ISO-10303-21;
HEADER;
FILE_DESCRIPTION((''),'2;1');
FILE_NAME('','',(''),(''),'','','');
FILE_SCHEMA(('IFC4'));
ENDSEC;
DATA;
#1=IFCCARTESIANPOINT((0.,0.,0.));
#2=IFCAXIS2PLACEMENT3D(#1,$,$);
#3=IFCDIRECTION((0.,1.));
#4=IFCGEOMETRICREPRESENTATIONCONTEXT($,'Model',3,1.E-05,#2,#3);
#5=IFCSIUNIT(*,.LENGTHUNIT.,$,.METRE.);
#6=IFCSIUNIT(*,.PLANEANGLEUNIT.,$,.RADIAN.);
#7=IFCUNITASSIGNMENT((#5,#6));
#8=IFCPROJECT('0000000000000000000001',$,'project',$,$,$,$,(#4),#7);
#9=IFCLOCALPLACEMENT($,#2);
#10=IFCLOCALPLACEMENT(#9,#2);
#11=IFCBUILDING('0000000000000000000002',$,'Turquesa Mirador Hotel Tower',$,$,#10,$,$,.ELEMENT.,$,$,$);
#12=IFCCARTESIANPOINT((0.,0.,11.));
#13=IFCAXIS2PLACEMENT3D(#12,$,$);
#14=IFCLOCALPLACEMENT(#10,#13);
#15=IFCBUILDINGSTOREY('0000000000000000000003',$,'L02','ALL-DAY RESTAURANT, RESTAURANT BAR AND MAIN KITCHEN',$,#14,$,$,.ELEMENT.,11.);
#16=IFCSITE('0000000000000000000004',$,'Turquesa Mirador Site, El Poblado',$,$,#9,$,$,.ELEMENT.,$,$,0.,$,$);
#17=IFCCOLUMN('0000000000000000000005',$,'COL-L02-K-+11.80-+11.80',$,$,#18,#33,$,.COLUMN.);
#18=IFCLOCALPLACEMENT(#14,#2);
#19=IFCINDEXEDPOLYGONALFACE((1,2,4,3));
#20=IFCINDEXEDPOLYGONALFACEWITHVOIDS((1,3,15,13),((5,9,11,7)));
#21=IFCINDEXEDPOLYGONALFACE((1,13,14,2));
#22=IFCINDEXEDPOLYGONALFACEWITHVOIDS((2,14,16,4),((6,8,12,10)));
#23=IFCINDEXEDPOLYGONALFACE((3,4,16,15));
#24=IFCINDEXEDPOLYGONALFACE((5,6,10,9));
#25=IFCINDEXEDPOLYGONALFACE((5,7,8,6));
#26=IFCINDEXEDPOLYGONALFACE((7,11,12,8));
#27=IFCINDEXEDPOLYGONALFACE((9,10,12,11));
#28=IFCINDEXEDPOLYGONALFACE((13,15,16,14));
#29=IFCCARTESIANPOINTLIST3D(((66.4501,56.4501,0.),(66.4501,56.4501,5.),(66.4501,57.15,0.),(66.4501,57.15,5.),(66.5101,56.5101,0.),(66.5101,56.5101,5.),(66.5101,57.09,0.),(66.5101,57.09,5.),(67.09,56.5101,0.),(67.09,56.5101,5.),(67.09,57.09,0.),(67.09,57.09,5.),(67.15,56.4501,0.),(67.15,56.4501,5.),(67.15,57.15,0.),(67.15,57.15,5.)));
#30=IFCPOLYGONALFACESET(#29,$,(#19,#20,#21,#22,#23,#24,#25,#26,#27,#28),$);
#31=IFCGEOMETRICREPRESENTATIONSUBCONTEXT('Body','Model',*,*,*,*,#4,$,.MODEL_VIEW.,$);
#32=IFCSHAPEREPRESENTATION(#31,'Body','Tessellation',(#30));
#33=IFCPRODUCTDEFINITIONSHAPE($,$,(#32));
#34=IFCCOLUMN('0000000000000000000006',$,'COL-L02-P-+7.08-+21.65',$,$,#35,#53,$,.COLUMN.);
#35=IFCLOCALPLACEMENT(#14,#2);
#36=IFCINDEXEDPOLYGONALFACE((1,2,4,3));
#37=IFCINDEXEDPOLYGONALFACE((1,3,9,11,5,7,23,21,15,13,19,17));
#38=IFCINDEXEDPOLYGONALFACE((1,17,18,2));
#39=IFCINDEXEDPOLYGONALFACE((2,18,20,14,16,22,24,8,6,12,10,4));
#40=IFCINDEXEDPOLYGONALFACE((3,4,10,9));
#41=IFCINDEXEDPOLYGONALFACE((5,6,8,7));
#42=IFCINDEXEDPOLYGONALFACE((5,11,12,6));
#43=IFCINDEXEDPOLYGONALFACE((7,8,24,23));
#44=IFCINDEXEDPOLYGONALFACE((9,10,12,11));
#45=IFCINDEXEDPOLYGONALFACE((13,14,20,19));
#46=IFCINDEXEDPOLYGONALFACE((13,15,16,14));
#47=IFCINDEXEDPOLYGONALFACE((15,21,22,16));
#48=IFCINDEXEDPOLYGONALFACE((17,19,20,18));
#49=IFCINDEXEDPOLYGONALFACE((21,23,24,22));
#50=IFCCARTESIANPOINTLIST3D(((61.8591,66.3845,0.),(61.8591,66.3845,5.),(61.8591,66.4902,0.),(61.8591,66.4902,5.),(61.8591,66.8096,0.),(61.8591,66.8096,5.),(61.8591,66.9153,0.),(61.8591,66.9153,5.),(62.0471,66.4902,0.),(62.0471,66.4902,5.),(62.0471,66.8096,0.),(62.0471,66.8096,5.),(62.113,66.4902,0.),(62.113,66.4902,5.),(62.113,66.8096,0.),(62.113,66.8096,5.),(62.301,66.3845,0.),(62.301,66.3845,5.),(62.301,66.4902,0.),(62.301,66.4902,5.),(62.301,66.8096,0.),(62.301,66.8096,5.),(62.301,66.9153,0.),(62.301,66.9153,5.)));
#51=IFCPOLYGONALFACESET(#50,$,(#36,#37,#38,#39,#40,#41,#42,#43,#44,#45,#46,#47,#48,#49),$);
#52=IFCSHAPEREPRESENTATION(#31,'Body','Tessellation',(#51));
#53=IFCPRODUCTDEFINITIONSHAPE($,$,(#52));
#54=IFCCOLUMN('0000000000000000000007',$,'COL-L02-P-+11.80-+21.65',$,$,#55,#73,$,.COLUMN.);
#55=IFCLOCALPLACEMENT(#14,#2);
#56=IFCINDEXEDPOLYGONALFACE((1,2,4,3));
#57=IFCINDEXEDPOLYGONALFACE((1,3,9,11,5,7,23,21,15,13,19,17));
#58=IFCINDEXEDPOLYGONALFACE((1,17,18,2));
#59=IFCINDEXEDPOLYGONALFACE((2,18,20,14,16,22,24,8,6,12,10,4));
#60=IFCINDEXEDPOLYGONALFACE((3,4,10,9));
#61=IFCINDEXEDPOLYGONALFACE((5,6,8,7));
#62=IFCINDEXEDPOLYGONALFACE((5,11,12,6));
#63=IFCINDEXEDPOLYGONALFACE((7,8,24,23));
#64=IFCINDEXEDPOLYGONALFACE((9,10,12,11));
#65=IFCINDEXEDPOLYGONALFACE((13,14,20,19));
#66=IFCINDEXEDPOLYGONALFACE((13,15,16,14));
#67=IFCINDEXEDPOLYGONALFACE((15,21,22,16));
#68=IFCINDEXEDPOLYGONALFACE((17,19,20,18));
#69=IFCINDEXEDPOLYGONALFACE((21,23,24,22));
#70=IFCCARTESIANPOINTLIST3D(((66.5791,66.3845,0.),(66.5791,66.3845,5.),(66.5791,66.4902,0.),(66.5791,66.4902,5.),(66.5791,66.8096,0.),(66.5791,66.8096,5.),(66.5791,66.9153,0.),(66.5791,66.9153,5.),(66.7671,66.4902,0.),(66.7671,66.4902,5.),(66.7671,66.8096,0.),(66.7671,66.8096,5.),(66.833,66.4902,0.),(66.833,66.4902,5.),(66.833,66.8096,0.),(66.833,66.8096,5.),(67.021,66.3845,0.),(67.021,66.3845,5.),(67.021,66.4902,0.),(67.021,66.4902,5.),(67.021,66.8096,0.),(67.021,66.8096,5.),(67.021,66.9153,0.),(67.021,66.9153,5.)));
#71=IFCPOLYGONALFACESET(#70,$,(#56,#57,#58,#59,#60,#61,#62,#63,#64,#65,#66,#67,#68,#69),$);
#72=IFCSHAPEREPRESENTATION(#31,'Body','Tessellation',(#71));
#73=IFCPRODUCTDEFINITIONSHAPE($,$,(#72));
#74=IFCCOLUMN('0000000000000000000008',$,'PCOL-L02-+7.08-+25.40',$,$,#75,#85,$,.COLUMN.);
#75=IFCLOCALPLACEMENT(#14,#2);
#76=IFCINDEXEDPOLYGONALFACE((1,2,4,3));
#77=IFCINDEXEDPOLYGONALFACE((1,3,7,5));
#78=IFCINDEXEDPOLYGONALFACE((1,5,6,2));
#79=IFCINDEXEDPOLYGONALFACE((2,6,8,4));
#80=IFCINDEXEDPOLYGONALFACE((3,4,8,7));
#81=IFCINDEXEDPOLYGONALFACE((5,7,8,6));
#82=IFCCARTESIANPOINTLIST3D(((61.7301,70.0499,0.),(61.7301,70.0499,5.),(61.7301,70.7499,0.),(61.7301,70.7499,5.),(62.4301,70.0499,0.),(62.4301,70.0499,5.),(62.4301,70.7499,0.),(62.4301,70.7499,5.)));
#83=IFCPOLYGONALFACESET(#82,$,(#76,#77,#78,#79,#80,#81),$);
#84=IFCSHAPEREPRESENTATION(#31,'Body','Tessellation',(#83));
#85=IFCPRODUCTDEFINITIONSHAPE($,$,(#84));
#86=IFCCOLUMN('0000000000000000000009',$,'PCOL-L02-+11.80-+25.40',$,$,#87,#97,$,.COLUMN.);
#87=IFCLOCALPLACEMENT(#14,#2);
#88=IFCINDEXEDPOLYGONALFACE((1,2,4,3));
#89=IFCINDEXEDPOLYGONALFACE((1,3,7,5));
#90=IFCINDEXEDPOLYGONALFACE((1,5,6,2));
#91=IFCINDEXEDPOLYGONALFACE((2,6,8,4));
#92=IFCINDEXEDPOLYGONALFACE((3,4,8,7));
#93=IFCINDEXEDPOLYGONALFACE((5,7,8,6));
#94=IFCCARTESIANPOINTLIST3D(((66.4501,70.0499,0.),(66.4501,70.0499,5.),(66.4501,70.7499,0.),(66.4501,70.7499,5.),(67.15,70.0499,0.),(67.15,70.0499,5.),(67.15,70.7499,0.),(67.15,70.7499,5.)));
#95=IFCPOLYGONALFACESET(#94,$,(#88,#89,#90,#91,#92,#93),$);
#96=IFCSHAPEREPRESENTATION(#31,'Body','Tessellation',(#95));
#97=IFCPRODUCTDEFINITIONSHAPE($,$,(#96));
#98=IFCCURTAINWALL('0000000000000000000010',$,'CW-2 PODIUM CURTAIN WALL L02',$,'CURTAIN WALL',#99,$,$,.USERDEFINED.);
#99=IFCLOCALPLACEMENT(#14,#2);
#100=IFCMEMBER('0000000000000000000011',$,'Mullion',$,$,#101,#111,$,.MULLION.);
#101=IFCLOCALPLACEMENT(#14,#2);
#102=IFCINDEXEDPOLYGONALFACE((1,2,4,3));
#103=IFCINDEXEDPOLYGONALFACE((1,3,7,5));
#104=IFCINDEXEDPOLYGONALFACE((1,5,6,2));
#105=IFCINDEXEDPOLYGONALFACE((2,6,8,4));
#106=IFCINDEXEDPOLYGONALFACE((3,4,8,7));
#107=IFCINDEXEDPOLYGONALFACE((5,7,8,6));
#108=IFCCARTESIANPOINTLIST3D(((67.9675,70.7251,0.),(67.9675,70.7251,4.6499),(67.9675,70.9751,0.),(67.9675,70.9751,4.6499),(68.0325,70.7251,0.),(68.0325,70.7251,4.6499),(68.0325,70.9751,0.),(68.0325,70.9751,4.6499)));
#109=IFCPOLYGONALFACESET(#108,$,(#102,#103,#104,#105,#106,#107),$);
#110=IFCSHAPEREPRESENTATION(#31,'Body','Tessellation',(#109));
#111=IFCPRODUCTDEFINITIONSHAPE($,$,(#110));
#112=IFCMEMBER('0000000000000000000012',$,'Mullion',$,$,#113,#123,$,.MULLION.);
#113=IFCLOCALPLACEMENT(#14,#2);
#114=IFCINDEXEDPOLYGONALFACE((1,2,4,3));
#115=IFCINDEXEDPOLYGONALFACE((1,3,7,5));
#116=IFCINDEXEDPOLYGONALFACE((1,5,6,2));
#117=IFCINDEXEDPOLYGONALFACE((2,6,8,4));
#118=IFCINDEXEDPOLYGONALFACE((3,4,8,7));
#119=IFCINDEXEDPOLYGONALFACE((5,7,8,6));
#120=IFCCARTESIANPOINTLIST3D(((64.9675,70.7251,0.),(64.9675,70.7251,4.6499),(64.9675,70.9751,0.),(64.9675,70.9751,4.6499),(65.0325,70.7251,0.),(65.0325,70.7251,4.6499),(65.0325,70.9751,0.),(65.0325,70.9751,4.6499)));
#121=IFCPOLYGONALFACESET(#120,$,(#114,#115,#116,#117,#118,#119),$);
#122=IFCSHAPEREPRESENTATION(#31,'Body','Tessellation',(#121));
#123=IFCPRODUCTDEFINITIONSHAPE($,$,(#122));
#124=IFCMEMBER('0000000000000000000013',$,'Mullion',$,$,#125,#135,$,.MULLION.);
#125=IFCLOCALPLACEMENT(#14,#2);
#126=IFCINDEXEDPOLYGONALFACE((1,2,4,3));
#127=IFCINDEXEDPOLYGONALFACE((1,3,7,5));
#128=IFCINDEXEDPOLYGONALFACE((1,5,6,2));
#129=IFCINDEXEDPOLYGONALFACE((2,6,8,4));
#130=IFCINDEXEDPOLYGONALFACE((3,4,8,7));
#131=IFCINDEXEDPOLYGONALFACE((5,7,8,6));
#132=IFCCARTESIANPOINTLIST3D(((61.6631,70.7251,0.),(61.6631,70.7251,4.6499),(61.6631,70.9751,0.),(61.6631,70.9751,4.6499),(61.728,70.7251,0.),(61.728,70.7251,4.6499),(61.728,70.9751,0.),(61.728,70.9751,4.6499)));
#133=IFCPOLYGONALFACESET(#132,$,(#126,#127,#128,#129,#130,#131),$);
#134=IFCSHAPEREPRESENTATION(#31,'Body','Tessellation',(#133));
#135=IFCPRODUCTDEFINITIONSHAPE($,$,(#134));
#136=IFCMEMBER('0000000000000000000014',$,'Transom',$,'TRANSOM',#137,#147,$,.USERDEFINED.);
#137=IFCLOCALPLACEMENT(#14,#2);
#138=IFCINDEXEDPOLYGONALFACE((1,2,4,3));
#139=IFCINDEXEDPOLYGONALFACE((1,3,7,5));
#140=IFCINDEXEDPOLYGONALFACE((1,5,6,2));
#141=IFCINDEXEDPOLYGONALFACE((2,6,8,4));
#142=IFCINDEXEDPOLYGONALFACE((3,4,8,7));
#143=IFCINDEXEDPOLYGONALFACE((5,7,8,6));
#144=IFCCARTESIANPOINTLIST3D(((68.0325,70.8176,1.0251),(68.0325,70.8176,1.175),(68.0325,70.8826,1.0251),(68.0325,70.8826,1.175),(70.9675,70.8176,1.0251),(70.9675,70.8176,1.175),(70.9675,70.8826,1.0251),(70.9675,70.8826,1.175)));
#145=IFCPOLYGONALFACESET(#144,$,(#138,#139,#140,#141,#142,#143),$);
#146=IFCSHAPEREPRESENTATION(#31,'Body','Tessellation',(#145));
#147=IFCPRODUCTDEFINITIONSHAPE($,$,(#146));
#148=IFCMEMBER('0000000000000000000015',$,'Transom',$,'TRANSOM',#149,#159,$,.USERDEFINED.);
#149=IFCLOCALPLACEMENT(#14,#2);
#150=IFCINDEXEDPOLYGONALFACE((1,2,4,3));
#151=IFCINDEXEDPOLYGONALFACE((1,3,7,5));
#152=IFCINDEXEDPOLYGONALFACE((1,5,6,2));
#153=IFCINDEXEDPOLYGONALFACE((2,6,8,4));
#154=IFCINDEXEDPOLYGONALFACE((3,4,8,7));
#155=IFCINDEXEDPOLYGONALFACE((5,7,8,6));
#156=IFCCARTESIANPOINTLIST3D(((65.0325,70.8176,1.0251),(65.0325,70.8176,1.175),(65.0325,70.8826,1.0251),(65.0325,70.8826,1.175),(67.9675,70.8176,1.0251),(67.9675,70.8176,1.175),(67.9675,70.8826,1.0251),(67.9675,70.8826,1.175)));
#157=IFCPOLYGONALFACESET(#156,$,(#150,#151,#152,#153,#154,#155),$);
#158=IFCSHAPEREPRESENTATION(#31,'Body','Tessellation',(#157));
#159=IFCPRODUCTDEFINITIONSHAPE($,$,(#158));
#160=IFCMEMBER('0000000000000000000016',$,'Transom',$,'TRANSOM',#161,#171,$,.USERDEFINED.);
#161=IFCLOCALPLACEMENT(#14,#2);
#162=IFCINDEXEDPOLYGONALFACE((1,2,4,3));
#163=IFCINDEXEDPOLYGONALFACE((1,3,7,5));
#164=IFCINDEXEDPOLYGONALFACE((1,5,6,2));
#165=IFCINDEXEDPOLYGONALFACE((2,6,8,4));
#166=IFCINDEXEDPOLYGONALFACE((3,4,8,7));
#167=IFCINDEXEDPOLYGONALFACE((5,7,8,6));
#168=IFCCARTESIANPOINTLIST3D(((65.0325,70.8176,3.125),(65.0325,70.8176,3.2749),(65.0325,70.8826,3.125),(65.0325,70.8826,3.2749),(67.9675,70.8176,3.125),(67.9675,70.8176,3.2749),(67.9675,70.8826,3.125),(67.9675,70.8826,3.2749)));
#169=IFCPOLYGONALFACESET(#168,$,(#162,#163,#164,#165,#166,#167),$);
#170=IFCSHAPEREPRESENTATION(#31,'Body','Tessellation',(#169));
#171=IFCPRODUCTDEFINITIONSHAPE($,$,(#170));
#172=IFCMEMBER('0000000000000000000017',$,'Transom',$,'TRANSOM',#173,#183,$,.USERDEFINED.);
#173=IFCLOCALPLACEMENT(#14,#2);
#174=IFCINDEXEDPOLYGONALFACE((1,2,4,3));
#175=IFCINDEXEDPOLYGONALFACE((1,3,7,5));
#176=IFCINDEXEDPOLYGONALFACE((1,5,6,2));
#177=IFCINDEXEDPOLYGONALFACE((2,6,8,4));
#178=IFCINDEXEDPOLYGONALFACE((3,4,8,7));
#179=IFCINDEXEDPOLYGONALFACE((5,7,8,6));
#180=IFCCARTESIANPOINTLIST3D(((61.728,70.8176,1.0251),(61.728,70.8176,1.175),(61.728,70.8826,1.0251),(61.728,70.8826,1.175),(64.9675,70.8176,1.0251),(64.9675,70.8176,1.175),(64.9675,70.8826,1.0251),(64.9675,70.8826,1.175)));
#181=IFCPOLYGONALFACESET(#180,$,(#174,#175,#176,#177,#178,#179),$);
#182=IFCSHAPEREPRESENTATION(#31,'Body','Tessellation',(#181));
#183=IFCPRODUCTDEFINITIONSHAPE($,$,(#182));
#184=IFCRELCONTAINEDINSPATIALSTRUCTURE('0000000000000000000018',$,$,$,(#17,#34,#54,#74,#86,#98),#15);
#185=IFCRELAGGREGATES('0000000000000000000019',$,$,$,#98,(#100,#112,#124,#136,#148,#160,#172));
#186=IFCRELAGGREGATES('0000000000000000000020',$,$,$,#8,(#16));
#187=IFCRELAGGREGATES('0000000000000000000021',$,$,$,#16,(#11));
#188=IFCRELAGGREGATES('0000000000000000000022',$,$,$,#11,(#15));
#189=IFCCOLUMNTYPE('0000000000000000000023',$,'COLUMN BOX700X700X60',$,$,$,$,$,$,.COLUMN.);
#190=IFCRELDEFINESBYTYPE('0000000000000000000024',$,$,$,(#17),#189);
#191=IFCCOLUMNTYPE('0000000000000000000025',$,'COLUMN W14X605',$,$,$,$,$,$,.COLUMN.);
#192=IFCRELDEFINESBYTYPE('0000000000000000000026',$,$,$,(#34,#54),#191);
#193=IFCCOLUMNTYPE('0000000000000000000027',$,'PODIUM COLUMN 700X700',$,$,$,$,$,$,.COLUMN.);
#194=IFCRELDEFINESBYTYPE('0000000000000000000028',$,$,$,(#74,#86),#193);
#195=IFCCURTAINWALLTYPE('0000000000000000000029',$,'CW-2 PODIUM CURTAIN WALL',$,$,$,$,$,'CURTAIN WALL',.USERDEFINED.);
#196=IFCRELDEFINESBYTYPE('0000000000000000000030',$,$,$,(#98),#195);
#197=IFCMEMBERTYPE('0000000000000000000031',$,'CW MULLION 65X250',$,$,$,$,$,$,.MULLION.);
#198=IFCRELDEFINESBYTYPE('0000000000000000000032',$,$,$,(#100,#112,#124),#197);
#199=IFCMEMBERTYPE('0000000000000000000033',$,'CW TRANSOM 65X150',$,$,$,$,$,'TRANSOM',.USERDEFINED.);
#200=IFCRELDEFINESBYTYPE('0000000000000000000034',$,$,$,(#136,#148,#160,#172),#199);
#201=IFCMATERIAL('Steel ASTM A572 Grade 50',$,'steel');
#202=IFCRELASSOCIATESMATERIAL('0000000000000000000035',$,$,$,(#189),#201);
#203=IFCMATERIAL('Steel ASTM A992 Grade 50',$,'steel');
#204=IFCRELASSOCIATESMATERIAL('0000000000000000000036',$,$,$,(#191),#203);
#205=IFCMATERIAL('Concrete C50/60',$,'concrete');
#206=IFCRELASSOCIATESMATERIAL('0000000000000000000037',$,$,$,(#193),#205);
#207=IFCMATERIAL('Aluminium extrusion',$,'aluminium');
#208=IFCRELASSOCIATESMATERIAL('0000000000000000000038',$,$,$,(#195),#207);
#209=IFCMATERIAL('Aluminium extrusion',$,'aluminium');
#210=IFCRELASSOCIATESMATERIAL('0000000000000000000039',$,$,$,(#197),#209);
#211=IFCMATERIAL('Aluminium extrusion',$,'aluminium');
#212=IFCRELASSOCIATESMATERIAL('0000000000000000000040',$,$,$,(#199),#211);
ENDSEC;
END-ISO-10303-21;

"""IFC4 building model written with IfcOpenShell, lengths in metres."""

from ifc_helpers import new_model, si_unit, direction, frame, origin, origin_2d, place, context, subcontext, project, spatial, rectangle, hollow_rectangle, i_section, extrude, material, material_profile, profile_set, type_object, element, aggregate, save


model = new_model("IFC4")

# Units and contexts
model_context = context("Model", 3, precision=1e-05, world=origin(), true_north=direction((0.0, 1.0)))
body_context = subcontext(model_context, "Body", "Model", "MODEL_VIEW")
ifc_project = project(units=[si_unit("LENGTHUNIT", "METRE"), si_unit("PLANEANGLEUNIT", "RADIAN")], contexts=[model_context])

# Site, building, storey
site_placement = place(None, origin())
site = spatial("IfcSite", under=ifc_project, at=site_placement, Name="Turquesa Mirador Site, El Poblado", CompositionType="ELEMENT", RefElevation=0.0)
building_placement = place(site_placement, origin())
building = spatial("IfcBuilding", under=site, at=building_placement, Name="Turquesa Mirador Hotel Tower", CompositionType="ELEMENT")
storey_placement = place(building_placement, frame((0.0, 0.0, 11.0)))
storey = spatial("IfcBuildingStorey", under=building, at=storey_placement, Name="L02", Description="ALL-DAY RESTAURANT, RESTAURANT BAR AND MAIN KITCHEN", CompositionType="ELEMENT", Elevation=11.0)

# Columns
ifc_material_1 = material(Name="Steel ASTM A572 Grade 50", Category="steel")
ifc_material_profile_1 = material_profile(ifc_material_1, hollow_rectangle(XDim=0.7, YDim=0.7, WallThickness=0.0601, at=origin_2d()), Name="BOX700X700X60")
ifc_profile_set_1 = profile_set([ifc_material_profile_1], Name="Steel ASTM A572 Grade 50")
column_type_1 = type_object("IfcColumnType", Name="COLUMN BOX700X700X60", PredefinedType="COLUMN", material=ifc_profile_set_1)
column_placement = place(storey_placement, frame((66.8, 56.8, 0.0), z_axis=(0.0, 0.0, 1.0), x_axis=(1.0, 0.0, 0.0)))
element("IfcColumn", 1, at=column_placement, inside=storey, type_object=column_type_1, Name="COL-L02-K-+11.80-+11.80", PredefinedType="COLUMN", context=body_context, shape_type="SweptSolid", body=[
    extrude(hollow_rectangle(XDim=0.7, YDim=0.7, WallThickness=0.0601, at=origin_2d()), origin(), (0.0, 0.0, 1.0), 5.0),
])
ifc_material_2 = material(Name="Steel ASTM A992 Grade 50", Category="steel")
ifc_material_profile_2 = material_profile(ifc_material_2, i_section(OverallWidth=0.4419, OverallDepth=0.5308, WebThickness=0.0659, FlangeThickness=0.1057, at=origin_2d()), Name="W14X605")
ifc_profile_set_2 = profile_set([ifc_material_profile_2], Name="Steel ASTM A992 Grade 50")
column_type_2 = type_object("IfcColumnType", Name="COLUMN W14X605", PredefinedType="COLUMN", material=ifc_profile_set_2)
for number, where, z_axis, x_axis, name in (
    (2, (62.0801, 66.6499, 0.0), (0.0, 0.0, 1.0), (1.0, 0.0, 0.0), "COL-L02-P-+7.08-+21.65"),
    (3, (66.8, 66.6499, 0.0), (0.0, 0.0, 1.0), (1.0, 0.0, 0.0), "COL-L02-P-+11.80-+21.65"),
):
    element("IfcColumn", number, at=place(storey_placement, frame(where, z_axis=z_axis, x_axis=x_axis)), inside=storey, type_object=column_type_2, Name=name, PredefinedType="COLUMN", context=body_context, shape_type="SweptSolid", body=[
        extrude(i_section(OverallWidth=0.4419, OverallDepth=0.5308, WebThickness=0.0659, FlangeThickness=0.1057, at=origin_2d()), origin(), (0.0, 0.0, 1.0), 5.0),
    ])
ifc_material_3 = material(Name="Concrete C50/60", Category="concrete")
ifc_material_profile_3 = material_profile(ifc_material_3, rectangle(XDim=0.7, YDim=0.7, at=origin_2d()), Name="RC 700X700")
ifc_profile_set_3 = profile_set([ifc_material_profile_3], Name="Concrete C50/60")
column_type_3 = type_object("IfcColumnType", Name="PODIUM COLUMN 700X700", PredefinedType="COLUMN", material=ifc_profile_set_3)
for number, where, z_axis, x_axis, name in (
    (4, (62.0801, 70.3999, 0.0), (0.0, 0.0, 1.0), (1.0, 0.0, 0.0), "PCOL-L02-+7.08-+25.40"),
    (5, (66.8, 70.3999, 0.0), (0.0, 0.0, 1.0), (1.0, 0.0, 0.0), "PCOL-L02-+11.80-+25.40"),
):
    element("IfcColumn", number, at=place(storey_placement, frame(where, z_axis=z_axis, x_axis=x_axis)), inside=storey, type_object=column_type_3, Name=name, PredefinedType="COLUMN", context=body_context, shape_type="SweptSolid", body=[
        extrude(rectangle(XDim=0.7, YDim=0.7, at=origin_2d()), origin(), (0.0, 0.0, 1.0), 5.0),
    ])

# Curtain wall, members
ifc_material_4 = material(Name="Aluminium extrusion", Category="aluminium")
curtain_wall_type = type_object("IfcCurtainWallType", Name="CW-2 PODIUM CURTAIN WALL", ElementType="CURTAIN WALL", PredefinedType="USERDEFINED", material=ifc_material_4)
curtain_wall_placement = place(storey_placement, origin())
curtain_wall = element("IfcCurtainWall", 6, at=curtain_wall_placement, inside=storey, type_object=curtain_wall_type, Name="CW-2 PODIUM CURTAIN WALL L02", ObjectType="CURTAIN WALL", PredefinedType="USERDEFINED")
ifc_material_5 = material(Name="Aluminium extrusion", Category="aluminium")
ifc_material_profile_4 = material_profile(ifc_material_5, rectangle(XDim=0.0649, YDim=0.25, at=origin_2d()), Name="MULLION 65X250")
ifc_profile_set_4 = profile_set([ifc_material_profile_4], Name="Aluminium extrusion")
member_type_1 = type_object("IfcMemberType", Name="CW MULLION 65X250", PredefinedType="MULLION", material=ifc_profile_set_4)
member_1_placement = place(storey_placement, frame((68.0, 70.8501, 0.0), z_axis=(0.0, 0.0, 1.0), x_axis=(-1.0, 0.0, 0.0)))
member_1 = element("IfcMember", 7, at=member_1_placement, type_object=member_type_1, Name="Mullion", PredefinedType="MULLION", context=body_context, shape_type="SweptSolid", body=[
    extrude(rectangle(XDim=0.0649, YDim=0.25, at=origin_2d()), origin(), (0.0, 0.0, 1.0), 4.6499),
])
member_2_placement = place(storey_placement, frame((65.0, 70.8501, 0.0), z_axis=(0.0, 0.0, 1.0), x_axis=(-1.0, 0.0, 0.0)))
member_2 = element("IfcMember", 8, at=member_2_placement, type_object=member_type_1, Name="Mullion", PredefinedType="MULLION", context=body_context, shape_type="SweptSolid", body=[
    extrude(rectangle(XDim=0.0649, YDim=0.25, at=origin_2d()), origin(), (0.0, 0.0, 1.0), 4.6499),
])
member_3_placement = place(storey_placement, frame((61.6956, 70.8501, 0.0), z_axis=(0.0, 0.0, 1.0), x_axis=(-1.0, 0.0, 0.0)))
member_3 = element("IfcMember", 9, at=member_3_placement, type_object=member_type_1, Name="Mullion", PredefinedType="MULLION", context=body_context, shape_type="SweptSolid", body=[
    extrude(rectangle(XDim=0.0649, YDim=0.25, at=origin_2d()), origin(), (0.0, 0.0, 1.0), 4.6499),
])
ifc_material_6 = material(Name="Aluminium extrusion", Category="aluminium")
ifc_material_profile_5 = material_profile(ifc_material_6, rectangle(XDim=0.0649, YDim=0.1499, at=origin_2d()), Name="TRANSOM 65X150")
ifc_profile_set_5 = profile_set([ifc_material_profile_5], Name="Aluminium extrusion")
member_type_2 = type_object("IfcMemberType", Name="CW TRANSOM 65X150", ElementType="TRANSOM", PredefinedType="USERDEFINED", material=ifc_profile_set_5)
member_4_placement = place(storey_placement, frame((70.9675, 70.8501, 1.1001), z_axis=(-1.0, 0.0, 0.0), x_axis=(0.0, -1.0, 0.0)))
member_4 = element("IfcMember", 10, at=member_4_placement, type_object=member_type_2, Name="Transom", ObjectType="TRANSOM", PredefinedType="USERDEFINED", context=body_context, shape_type="SweptSolid", body=[
    extrude(rectangle(XDim=0.0649, YDim=0.1499, at=origin_2d()), origin(), (0.0, 0.0, 1.0), 2.9351),
])
member_5_placement = place(storey_placement, frame((67.9675, 70.8501, 1.1001), z_axis=(-1.0, 0.0, 0.0), x_axis=(0.0, -1.0, 0.0)))
member_5 = element("IfcMember", 11, at=member_5_placement, type_object=member_type_2, Name="Transom", ObjectType="TRANSOM", PredefinedType="USERDEFINED", context=body_context, shape_type="SweptSolid", body=[
    extrude(rectangle(XDim=0.0649, YDim=0.1499, at=origin_2d()), origin(), (0.0, 0.0, 1.0), 2.9351),
])
member_6_placement = place(storey_placement, frame((67.9675, 70.8501, 3.2), z_axis=(-1.0, 0.0, 0.0), x_axis=(0.0, -1.0, 0.0)))
member_6 = element("IfcMember", 12, at=member_6_placement, type_object=member_type_2, Name="Transom", ObjectType="TRANSOM", PredefinedType="USERDEFINED", context=body_context, shape_type="SweptSolid", body=[
    extrude(rectangle(XDim=0.0649, YDim=0.1499, at=origin_2d()), origin(), (0.0, 0.0, 1.0), 2.9351),
])
member_7_placement = place(storey_placement, frame((64.9675, 70.8501, 1.1001), z_axis=(-1.0, 0.0, 0.0), x_axis=(0.0, -1.0, 0.0)))
member_7 = element("IfcMember", 13, at=member_7_placement, type_object=member_type_2, Name="Transom", ObjectType="TRANSOM", PredefinedType="USERDEFINED", context=body_context, shape_type="SweptSolid", body=[
    extrude(rectangle(XDim=0.0649, YDim=0.1499, at=origin_2d()), origin(), (0.0, 0.0, 1.0), 3.2395),
])
aggregate(curtain_wall, [member_1, member_2, member_3, member_4, member_5, member_6, member_7])

save(model, "model.ifc")
